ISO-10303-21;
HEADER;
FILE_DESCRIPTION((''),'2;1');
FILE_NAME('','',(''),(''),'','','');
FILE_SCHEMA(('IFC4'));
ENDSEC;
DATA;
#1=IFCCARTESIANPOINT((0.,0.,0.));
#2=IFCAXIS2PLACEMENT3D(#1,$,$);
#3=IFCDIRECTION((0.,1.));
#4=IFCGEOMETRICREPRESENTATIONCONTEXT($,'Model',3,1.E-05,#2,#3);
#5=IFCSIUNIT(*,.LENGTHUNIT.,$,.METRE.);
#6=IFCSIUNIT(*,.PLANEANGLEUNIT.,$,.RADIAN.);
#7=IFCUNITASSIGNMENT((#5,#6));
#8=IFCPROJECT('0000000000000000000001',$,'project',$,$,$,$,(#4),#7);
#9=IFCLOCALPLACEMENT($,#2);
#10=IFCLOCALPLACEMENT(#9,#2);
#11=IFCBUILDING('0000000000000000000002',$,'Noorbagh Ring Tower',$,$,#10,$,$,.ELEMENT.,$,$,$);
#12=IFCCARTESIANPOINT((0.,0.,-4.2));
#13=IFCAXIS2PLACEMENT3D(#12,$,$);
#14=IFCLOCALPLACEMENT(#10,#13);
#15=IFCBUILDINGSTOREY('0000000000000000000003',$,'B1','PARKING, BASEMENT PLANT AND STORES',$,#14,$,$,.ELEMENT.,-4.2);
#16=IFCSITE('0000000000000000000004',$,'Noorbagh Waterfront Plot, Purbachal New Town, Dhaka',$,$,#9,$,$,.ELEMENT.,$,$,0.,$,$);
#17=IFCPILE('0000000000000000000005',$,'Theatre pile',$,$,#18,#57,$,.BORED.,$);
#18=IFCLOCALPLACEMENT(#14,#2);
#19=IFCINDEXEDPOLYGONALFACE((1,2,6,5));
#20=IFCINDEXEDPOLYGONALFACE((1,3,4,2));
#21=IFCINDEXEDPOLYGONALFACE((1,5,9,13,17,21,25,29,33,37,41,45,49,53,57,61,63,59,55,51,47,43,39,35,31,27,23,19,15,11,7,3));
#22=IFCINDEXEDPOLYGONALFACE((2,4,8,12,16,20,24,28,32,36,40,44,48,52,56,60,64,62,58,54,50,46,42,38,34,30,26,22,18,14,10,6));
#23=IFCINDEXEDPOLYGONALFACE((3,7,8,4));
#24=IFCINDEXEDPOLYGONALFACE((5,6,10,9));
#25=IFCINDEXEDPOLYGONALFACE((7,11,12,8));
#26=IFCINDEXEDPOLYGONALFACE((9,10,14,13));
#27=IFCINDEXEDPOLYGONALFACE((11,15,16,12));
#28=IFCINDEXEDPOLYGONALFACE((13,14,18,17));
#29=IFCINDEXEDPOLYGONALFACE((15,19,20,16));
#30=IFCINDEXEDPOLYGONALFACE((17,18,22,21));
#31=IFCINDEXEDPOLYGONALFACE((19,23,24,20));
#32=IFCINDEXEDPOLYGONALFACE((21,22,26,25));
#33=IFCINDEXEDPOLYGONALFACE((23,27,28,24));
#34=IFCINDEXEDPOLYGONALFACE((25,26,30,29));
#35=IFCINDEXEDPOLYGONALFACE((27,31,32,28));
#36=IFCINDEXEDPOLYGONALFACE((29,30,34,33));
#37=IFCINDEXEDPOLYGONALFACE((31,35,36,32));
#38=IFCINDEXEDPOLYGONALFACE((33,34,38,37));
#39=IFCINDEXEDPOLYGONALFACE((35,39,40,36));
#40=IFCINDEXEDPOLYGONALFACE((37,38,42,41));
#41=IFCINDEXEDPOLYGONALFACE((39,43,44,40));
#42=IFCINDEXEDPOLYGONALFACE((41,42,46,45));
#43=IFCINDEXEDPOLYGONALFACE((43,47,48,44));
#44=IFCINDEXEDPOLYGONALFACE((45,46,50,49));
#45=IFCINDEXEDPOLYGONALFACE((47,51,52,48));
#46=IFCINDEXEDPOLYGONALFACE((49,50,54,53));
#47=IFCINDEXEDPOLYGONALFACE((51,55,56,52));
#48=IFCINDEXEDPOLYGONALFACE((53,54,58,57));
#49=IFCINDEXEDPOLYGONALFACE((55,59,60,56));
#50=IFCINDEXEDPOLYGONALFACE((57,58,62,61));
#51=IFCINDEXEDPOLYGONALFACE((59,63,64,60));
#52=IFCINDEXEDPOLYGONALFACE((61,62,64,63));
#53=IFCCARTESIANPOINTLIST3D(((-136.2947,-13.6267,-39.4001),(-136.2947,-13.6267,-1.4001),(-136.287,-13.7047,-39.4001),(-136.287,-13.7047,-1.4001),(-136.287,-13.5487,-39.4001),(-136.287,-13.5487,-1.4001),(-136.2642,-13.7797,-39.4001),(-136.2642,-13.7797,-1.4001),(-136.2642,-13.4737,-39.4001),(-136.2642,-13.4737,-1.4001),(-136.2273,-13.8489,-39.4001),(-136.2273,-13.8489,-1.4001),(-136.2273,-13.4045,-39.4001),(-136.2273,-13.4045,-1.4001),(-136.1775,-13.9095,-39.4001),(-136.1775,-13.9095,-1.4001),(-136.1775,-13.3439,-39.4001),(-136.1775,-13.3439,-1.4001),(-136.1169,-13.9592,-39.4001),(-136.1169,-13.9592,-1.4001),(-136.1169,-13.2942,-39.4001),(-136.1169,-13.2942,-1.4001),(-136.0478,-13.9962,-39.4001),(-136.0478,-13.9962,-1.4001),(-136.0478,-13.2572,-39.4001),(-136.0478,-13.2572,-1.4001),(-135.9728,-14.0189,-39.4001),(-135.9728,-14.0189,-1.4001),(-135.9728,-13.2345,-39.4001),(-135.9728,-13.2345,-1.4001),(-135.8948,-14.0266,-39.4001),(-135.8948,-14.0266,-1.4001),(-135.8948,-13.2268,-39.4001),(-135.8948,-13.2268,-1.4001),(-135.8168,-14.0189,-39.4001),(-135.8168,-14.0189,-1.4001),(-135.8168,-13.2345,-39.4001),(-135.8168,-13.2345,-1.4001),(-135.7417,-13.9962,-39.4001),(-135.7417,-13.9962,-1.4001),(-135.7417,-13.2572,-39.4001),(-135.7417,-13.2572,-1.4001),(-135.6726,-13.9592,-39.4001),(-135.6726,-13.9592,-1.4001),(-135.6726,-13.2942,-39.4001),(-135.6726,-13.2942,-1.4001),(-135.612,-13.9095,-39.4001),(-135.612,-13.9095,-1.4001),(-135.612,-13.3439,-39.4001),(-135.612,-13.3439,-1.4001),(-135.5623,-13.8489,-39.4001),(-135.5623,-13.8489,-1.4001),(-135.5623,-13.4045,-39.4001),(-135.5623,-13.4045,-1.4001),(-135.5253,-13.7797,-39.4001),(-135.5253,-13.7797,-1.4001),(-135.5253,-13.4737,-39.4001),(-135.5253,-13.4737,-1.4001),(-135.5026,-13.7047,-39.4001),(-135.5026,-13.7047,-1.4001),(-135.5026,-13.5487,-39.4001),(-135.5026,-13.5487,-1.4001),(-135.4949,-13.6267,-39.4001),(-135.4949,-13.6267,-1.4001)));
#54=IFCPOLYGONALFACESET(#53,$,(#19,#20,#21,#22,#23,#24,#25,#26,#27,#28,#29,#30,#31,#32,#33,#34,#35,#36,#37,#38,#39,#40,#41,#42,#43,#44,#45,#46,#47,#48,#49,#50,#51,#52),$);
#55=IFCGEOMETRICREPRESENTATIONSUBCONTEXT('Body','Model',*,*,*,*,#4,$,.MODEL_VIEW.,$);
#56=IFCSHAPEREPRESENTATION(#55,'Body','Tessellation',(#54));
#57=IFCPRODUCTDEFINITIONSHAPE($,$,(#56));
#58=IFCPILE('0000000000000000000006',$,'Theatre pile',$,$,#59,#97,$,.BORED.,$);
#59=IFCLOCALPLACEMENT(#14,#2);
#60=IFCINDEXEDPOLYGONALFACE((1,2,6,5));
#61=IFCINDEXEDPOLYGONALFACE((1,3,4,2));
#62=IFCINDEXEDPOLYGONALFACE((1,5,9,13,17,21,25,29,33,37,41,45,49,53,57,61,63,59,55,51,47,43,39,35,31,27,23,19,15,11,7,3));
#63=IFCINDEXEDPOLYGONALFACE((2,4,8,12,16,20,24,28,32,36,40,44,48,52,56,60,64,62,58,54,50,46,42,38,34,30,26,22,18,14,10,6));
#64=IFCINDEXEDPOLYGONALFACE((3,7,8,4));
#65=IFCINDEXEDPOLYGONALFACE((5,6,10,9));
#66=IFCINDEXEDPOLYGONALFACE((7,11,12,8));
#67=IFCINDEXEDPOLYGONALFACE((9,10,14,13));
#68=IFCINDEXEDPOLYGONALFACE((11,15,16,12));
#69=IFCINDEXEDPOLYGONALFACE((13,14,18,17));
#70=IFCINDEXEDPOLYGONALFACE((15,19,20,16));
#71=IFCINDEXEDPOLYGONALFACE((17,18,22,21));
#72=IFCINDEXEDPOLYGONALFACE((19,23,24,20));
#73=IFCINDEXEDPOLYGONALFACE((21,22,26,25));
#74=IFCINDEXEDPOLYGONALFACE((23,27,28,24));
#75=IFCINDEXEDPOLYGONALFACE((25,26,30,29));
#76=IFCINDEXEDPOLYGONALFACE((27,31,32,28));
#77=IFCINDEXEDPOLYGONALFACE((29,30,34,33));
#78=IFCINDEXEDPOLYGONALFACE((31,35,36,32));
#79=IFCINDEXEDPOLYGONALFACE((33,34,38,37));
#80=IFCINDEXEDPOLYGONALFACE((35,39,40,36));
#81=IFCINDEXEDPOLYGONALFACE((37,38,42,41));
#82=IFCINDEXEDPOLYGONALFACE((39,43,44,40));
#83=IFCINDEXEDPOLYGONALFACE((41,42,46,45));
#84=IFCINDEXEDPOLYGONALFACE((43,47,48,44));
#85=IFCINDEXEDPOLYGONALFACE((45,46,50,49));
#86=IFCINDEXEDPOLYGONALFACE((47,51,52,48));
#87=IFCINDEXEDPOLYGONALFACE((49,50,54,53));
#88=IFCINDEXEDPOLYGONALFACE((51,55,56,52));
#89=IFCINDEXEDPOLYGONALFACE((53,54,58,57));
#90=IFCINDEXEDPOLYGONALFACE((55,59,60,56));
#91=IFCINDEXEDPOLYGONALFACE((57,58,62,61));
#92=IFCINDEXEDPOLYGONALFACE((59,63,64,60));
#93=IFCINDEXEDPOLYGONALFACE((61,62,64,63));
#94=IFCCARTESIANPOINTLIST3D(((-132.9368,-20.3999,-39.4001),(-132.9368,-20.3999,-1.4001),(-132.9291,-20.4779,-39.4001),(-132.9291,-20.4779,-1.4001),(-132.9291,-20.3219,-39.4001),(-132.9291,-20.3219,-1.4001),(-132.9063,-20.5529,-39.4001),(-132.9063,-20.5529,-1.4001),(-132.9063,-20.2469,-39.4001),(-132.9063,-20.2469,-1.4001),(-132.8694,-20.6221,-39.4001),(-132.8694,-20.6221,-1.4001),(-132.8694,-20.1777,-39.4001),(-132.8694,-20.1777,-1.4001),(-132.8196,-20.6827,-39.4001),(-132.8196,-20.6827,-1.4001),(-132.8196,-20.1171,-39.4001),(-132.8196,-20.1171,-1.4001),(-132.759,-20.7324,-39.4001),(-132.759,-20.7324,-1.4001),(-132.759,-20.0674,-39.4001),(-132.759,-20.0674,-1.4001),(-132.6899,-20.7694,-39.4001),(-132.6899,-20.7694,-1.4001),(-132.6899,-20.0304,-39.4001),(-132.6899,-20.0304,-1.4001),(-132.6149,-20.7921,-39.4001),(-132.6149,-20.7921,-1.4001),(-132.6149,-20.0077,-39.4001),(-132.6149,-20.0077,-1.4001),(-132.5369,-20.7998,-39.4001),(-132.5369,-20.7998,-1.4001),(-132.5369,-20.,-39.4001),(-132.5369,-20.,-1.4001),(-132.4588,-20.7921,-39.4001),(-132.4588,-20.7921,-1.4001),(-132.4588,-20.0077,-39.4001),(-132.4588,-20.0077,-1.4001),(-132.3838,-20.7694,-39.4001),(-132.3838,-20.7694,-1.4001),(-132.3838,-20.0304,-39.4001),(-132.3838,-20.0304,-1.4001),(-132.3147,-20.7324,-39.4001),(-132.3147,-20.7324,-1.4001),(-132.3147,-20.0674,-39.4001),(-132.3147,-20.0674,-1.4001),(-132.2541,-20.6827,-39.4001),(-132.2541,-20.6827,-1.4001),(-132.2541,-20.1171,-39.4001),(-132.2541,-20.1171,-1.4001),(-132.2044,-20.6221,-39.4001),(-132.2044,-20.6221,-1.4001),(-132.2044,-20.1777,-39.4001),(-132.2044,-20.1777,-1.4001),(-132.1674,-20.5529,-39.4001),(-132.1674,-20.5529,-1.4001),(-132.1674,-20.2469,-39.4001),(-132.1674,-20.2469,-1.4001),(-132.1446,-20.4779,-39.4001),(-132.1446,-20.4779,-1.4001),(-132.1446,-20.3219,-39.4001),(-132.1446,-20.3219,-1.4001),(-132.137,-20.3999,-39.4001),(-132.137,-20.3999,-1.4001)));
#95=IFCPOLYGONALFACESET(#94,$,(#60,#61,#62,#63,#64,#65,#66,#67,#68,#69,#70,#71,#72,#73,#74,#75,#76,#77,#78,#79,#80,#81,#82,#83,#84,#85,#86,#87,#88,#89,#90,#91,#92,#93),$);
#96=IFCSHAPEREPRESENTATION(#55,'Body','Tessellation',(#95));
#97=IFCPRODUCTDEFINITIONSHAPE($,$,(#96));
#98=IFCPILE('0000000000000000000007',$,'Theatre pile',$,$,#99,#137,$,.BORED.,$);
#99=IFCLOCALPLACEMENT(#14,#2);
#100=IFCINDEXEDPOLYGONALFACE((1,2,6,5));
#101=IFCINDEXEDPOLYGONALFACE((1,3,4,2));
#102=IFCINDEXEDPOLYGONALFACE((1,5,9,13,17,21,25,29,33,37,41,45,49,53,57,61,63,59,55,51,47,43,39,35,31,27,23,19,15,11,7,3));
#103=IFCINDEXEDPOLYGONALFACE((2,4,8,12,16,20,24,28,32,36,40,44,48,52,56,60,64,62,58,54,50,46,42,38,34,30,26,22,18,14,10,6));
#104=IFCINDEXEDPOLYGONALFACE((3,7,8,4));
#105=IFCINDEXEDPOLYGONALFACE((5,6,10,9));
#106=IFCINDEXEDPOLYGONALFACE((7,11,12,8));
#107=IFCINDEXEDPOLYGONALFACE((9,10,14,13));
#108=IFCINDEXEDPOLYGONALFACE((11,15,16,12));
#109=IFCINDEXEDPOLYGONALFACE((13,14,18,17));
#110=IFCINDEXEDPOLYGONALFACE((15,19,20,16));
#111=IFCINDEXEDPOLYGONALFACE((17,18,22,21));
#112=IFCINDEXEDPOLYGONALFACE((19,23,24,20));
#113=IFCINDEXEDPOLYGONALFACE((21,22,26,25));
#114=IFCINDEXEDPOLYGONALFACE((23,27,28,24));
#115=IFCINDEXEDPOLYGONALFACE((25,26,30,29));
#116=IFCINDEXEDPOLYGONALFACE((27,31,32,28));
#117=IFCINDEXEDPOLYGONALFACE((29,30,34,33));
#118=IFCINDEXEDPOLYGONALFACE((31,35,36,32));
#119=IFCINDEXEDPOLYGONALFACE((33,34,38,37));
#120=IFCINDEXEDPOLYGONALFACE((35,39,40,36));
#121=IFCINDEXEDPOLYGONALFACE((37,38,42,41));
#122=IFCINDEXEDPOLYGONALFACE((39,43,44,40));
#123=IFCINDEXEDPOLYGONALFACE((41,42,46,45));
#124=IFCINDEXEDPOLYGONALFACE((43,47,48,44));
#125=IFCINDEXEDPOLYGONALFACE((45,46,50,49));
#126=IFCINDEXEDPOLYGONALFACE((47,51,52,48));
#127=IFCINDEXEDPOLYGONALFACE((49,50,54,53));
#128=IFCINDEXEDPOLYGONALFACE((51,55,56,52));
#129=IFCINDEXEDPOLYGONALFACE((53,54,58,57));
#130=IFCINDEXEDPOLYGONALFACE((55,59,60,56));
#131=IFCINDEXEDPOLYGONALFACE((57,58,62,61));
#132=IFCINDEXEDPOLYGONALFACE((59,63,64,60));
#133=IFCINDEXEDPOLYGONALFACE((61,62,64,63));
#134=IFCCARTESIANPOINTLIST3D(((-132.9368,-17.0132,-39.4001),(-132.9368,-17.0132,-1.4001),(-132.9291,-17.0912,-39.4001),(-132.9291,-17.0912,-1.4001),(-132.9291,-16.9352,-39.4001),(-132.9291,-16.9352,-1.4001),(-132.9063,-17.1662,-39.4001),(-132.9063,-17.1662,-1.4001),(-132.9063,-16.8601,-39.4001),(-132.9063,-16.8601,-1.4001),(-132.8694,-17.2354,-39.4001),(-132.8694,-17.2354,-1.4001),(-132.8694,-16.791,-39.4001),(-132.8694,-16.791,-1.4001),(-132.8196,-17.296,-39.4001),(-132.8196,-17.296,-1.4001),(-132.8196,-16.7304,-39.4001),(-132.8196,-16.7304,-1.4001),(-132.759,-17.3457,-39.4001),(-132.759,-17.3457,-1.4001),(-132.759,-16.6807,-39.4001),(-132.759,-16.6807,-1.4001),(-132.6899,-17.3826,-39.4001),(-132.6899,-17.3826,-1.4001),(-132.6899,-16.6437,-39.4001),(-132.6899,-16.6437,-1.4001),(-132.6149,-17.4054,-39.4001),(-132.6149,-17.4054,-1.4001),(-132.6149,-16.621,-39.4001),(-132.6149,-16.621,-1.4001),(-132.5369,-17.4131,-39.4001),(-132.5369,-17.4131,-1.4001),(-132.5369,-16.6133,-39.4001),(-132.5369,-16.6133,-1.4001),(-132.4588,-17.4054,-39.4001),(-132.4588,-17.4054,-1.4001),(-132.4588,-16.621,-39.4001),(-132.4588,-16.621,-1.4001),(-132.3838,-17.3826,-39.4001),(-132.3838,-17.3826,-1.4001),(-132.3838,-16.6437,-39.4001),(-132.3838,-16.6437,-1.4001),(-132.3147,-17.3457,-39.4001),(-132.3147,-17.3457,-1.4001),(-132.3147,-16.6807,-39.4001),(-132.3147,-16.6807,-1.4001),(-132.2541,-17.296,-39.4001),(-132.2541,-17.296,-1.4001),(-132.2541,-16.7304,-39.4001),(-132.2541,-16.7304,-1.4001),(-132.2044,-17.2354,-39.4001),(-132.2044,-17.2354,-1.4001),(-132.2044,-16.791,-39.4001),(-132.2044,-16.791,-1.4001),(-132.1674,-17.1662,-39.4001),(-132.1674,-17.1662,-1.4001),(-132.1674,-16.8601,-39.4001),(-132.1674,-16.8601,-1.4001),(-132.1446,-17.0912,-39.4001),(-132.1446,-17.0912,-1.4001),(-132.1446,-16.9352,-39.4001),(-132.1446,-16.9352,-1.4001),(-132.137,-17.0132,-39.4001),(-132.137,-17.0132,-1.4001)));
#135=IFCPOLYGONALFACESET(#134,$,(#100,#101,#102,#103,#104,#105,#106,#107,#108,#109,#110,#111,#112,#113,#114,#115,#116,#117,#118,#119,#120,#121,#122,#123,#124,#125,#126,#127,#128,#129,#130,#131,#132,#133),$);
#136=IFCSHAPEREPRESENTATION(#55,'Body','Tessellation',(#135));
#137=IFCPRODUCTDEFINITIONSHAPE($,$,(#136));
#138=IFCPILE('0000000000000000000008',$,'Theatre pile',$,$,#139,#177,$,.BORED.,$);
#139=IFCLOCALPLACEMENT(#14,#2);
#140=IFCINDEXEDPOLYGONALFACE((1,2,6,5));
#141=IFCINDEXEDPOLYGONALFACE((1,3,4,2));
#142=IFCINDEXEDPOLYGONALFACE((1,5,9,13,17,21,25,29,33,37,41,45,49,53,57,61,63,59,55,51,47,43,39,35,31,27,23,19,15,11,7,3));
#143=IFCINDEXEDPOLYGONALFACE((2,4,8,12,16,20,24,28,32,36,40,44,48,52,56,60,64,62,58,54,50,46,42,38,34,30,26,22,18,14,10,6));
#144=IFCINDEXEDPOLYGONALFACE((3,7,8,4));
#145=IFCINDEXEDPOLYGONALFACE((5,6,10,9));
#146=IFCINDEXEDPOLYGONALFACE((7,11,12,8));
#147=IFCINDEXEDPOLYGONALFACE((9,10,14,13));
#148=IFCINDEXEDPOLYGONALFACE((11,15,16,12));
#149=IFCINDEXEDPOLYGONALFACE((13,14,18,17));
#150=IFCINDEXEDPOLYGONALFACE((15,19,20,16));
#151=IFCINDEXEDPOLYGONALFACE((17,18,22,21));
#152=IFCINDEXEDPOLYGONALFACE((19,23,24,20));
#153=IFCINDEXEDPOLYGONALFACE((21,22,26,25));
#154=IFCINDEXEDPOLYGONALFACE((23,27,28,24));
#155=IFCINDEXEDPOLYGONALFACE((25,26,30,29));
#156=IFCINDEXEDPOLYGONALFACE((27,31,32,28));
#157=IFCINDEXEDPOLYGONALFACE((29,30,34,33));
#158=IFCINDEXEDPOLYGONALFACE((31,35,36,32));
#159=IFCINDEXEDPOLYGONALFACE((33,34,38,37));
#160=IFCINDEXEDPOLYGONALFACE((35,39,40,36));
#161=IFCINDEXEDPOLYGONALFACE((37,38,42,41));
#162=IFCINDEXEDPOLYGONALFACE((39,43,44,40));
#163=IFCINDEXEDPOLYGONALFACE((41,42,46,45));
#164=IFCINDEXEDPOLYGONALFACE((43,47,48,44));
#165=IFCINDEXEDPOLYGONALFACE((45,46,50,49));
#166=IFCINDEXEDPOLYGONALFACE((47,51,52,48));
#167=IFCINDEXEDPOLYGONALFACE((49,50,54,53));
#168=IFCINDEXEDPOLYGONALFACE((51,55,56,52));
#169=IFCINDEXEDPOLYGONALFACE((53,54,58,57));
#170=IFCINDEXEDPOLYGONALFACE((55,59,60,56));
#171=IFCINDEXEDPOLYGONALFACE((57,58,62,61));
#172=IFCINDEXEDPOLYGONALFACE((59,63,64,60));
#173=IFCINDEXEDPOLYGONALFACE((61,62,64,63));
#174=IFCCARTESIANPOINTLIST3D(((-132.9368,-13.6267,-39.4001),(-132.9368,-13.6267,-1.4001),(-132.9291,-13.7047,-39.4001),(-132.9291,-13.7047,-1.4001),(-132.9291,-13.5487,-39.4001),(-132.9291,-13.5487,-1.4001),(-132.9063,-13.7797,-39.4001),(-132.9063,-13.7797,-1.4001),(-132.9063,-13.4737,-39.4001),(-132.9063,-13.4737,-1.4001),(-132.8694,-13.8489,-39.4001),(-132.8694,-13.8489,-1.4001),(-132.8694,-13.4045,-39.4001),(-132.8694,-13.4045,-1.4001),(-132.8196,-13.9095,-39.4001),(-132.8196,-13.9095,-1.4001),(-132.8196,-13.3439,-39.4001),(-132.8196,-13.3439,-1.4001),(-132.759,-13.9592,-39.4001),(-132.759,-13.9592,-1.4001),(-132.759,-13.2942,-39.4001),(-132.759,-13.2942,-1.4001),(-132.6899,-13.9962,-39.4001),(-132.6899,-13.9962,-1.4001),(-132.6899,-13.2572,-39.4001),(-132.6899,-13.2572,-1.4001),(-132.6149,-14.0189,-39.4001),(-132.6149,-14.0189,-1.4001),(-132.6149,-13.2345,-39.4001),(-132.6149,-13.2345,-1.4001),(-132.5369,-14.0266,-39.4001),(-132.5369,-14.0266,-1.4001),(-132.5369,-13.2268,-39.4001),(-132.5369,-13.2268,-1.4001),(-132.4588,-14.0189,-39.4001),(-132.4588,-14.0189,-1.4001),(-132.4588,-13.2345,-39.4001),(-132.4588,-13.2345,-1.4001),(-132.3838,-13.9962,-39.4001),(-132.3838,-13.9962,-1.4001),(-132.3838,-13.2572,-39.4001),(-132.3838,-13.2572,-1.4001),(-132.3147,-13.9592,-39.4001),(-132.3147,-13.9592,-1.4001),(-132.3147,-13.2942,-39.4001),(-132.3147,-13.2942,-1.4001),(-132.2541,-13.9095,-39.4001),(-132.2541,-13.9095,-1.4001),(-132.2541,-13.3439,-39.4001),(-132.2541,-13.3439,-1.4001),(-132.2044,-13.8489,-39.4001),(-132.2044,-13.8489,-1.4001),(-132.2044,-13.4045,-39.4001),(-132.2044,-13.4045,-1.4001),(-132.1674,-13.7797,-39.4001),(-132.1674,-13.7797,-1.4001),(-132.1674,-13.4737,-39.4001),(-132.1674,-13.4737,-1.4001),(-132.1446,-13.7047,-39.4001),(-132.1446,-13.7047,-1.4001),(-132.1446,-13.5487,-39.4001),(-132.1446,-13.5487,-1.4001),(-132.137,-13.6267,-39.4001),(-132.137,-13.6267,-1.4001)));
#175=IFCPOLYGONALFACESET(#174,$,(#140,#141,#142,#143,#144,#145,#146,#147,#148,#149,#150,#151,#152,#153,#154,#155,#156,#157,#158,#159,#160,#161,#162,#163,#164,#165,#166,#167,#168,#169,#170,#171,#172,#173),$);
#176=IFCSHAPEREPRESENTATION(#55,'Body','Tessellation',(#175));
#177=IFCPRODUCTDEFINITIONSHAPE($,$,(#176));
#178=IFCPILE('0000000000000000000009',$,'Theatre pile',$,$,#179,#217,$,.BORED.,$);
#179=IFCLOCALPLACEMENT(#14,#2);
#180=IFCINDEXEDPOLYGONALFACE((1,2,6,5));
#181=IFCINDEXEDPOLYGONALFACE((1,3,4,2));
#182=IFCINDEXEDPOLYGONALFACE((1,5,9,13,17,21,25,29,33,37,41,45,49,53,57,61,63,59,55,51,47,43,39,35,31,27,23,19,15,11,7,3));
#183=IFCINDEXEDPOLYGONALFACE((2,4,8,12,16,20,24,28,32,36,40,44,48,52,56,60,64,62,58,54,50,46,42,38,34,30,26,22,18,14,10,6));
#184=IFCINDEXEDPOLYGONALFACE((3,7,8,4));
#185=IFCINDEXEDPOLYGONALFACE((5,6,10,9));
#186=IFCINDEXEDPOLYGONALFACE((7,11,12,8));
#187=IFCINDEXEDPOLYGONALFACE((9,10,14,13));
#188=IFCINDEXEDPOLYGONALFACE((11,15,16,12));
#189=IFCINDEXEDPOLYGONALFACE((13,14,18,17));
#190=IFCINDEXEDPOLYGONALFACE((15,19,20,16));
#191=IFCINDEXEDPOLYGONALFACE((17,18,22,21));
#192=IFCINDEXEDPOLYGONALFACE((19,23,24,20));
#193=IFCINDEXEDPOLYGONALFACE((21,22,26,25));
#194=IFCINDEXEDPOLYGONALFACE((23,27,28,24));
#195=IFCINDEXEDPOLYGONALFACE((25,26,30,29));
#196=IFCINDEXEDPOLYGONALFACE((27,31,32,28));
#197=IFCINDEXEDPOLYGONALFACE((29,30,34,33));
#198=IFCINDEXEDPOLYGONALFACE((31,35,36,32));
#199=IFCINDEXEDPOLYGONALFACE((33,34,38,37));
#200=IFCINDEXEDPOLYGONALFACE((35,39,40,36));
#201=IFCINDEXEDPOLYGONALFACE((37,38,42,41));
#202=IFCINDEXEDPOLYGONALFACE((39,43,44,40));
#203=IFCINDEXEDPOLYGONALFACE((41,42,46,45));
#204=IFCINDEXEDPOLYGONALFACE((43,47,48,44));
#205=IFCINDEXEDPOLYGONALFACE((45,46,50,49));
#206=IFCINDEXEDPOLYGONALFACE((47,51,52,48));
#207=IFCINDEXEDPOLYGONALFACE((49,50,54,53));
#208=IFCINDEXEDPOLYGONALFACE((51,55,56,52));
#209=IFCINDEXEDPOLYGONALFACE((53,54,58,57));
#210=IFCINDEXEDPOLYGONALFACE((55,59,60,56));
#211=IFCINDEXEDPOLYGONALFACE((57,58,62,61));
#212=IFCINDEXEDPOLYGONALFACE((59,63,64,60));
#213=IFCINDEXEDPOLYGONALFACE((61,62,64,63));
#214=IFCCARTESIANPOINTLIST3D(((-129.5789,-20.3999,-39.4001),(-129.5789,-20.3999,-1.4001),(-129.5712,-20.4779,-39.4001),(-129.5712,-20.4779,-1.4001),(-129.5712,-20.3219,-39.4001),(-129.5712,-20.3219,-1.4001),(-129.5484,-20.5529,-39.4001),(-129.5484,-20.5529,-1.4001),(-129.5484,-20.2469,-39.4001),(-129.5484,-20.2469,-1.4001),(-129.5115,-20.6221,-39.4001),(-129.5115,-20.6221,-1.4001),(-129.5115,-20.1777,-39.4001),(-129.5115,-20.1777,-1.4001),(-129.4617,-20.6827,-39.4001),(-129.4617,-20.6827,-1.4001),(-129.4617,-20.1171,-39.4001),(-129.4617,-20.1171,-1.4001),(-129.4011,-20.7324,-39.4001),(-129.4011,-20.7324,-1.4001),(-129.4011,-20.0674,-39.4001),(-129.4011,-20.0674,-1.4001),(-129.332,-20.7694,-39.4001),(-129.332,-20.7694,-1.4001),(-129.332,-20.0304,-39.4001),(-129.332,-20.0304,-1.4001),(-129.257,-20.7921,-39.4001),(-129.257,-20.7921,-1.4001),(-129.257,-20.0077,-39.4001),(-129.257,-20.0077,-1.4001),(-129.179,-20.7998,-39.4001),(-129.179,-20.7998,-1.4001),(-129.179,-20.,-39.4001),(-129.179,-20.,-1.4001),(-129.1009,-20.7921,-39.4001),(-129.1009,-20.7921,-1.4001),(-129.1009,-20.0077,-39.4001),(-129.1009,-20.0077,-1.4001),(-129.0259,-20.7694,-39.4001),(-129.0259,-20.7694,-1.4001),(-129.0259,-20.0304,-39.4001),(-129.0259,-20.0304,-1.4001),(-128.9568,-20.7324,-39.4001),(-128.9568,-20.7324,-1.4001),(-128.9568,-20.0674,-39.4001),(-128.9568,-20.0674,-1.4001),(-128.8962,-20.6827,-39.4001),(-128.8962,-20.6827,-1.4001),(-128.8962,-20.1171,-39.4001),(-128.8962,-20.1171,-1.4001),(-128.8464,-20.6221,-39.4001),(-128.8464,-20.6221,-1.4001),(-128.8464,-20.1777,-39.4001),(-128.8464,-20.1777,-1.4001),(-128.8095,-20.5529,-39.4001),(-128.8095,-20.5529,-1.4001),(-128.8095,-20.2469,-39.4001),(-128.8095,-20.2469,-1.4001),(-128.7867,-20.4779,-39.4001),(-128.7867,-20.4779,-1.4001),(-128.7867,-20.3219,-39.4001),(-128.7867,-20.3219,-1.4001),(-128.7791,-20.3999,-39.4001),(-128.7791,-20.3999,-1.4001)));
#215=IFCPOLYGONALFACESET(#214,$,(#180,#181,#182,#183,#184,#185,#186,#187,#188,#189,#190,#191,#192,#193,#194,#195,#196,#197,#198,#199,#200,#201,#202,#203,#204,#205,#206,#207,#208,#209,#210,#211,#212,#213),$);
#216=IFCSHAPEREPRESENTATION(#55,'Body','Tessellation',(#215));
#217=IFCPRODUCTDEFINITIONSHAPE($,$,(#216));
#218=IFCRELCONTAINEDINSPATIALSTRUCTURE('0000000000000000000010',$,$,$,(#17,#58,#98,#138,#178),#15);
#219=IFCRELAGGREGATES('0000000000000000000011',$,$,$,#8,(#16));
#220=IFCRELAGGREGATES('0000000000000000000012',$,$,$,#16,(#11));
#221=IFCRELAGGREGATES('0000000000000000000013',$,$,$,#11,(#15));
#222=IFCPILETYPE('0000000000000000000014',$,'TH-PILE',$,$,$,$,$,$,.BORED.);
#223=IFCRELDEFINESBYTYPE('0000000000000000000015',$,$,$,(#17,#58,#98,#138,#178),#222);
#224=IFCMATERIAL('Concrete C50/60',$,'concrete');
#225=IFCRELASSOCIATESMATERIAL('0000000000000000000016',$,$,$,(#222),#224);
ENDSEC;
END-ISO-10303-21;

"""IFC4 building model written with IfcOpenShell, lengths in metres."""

from ifc_helpers import new_model, si_unit, direction, frame, origin, origin_2d, place, context, subcontext, project, spatial, circle, extrude, material, material_profile, profile_set, type_object, element, save


model = new_model("IFC4")

# Units and contexts
model_context = context("Model", 3, precision=1e-05, world=origin(), true_north=direction((0.0, 1.0)))
body_context = subcontext(model_context, "Body", "Model", "MODEL_VIEW")
ifc_project = project(units=[si_unit("LENGTHUNIT", "METRE"), si_unit("PLANEANGLEUNIT", "RADIAN")], contexts=[model_context])

# Site, building, storey
site_placement = place(None, origin())
site = spatial("IfcSite", under=ifc_project, at=site_placement, Name="Noorbagh Waterfront Plot, Purbachal New Town, Dhaka", CompositionType="ELEMENT", RefElevation=0.0)
building_placement = place(site_placement, origin())
building = spatial("IfcBuilding", under=site, at=building_placement, Name="Noorbagh Ring Tower", CompositionType="ELEMENT")
storey_placement = place(building_placement, frame((0.0, 0.0, -4.2)))
storey = spatial("IfcBuildingStorey", under=building, at=storey_placement, Name="B1", Description="PARKING, BASEMENT PLANT AND STORES", CompositionType="ELEMENT", Elevation=-4.2)

# Piles
ifc_material_1 = material(Name="Concrete C50/60", Category="concrete")
ifc_material_profile = material_profile(ifc_material_1, circle(Radius=0.3999, at=origin_2d()), Name="PILE800")
ifc_profile_set = profile_set([ifc_material_profile], Name="Concrete C50/60")
pile_type = type_object("IfcPileType", Name="TH-PILE", PredefinedType="BORED", material=ifc_profile_set)
for number, where, z_axis, x_axis, name in (
    (1, (-135.8948, -13.6267, -1.4001), (0.0, 0.0, -1.0), (1.0, 0.0, 0.0), "Theatre pile"),
    (2, (-132.5369, -20.3999, -1.4001), (0.0, 0.0, -1.0), (1.0, 0.0, 0.0), "Theatre pile"),
    (3, (-132.5369, -17.0132, -1.4001), (0.0, 0.0, -1.0), (1.0, 0.0, 0.0), "Theatre pile"),
    (4, (-132.5369, -13.6267, -1.4001), (0.0, 0.0, -1.0), (1.0, 0.0, 0.0), "Theatre pile"),
    (5, (-129.179, -20.3999, -1.4001), (0.0, 0.0, -1.0), (1.0, 0.0, 0.0), "Theatre pile"),
):
    element("IfcPile", number, at=place(storey_placement, frame(where, z_axis=z_axis, x_axis=x_axis)), inside=storey, type_object=pile_type, Name=name, PredefinedType="BORED", context=body_context, shape_type="SweptSolid", body=[
        extrude(circle(Radius=0.3999, at=origin_2d()), origin(), (0.0, 0.0, 1.0), 38.0),
    ])

save(model, "model.ifc")
